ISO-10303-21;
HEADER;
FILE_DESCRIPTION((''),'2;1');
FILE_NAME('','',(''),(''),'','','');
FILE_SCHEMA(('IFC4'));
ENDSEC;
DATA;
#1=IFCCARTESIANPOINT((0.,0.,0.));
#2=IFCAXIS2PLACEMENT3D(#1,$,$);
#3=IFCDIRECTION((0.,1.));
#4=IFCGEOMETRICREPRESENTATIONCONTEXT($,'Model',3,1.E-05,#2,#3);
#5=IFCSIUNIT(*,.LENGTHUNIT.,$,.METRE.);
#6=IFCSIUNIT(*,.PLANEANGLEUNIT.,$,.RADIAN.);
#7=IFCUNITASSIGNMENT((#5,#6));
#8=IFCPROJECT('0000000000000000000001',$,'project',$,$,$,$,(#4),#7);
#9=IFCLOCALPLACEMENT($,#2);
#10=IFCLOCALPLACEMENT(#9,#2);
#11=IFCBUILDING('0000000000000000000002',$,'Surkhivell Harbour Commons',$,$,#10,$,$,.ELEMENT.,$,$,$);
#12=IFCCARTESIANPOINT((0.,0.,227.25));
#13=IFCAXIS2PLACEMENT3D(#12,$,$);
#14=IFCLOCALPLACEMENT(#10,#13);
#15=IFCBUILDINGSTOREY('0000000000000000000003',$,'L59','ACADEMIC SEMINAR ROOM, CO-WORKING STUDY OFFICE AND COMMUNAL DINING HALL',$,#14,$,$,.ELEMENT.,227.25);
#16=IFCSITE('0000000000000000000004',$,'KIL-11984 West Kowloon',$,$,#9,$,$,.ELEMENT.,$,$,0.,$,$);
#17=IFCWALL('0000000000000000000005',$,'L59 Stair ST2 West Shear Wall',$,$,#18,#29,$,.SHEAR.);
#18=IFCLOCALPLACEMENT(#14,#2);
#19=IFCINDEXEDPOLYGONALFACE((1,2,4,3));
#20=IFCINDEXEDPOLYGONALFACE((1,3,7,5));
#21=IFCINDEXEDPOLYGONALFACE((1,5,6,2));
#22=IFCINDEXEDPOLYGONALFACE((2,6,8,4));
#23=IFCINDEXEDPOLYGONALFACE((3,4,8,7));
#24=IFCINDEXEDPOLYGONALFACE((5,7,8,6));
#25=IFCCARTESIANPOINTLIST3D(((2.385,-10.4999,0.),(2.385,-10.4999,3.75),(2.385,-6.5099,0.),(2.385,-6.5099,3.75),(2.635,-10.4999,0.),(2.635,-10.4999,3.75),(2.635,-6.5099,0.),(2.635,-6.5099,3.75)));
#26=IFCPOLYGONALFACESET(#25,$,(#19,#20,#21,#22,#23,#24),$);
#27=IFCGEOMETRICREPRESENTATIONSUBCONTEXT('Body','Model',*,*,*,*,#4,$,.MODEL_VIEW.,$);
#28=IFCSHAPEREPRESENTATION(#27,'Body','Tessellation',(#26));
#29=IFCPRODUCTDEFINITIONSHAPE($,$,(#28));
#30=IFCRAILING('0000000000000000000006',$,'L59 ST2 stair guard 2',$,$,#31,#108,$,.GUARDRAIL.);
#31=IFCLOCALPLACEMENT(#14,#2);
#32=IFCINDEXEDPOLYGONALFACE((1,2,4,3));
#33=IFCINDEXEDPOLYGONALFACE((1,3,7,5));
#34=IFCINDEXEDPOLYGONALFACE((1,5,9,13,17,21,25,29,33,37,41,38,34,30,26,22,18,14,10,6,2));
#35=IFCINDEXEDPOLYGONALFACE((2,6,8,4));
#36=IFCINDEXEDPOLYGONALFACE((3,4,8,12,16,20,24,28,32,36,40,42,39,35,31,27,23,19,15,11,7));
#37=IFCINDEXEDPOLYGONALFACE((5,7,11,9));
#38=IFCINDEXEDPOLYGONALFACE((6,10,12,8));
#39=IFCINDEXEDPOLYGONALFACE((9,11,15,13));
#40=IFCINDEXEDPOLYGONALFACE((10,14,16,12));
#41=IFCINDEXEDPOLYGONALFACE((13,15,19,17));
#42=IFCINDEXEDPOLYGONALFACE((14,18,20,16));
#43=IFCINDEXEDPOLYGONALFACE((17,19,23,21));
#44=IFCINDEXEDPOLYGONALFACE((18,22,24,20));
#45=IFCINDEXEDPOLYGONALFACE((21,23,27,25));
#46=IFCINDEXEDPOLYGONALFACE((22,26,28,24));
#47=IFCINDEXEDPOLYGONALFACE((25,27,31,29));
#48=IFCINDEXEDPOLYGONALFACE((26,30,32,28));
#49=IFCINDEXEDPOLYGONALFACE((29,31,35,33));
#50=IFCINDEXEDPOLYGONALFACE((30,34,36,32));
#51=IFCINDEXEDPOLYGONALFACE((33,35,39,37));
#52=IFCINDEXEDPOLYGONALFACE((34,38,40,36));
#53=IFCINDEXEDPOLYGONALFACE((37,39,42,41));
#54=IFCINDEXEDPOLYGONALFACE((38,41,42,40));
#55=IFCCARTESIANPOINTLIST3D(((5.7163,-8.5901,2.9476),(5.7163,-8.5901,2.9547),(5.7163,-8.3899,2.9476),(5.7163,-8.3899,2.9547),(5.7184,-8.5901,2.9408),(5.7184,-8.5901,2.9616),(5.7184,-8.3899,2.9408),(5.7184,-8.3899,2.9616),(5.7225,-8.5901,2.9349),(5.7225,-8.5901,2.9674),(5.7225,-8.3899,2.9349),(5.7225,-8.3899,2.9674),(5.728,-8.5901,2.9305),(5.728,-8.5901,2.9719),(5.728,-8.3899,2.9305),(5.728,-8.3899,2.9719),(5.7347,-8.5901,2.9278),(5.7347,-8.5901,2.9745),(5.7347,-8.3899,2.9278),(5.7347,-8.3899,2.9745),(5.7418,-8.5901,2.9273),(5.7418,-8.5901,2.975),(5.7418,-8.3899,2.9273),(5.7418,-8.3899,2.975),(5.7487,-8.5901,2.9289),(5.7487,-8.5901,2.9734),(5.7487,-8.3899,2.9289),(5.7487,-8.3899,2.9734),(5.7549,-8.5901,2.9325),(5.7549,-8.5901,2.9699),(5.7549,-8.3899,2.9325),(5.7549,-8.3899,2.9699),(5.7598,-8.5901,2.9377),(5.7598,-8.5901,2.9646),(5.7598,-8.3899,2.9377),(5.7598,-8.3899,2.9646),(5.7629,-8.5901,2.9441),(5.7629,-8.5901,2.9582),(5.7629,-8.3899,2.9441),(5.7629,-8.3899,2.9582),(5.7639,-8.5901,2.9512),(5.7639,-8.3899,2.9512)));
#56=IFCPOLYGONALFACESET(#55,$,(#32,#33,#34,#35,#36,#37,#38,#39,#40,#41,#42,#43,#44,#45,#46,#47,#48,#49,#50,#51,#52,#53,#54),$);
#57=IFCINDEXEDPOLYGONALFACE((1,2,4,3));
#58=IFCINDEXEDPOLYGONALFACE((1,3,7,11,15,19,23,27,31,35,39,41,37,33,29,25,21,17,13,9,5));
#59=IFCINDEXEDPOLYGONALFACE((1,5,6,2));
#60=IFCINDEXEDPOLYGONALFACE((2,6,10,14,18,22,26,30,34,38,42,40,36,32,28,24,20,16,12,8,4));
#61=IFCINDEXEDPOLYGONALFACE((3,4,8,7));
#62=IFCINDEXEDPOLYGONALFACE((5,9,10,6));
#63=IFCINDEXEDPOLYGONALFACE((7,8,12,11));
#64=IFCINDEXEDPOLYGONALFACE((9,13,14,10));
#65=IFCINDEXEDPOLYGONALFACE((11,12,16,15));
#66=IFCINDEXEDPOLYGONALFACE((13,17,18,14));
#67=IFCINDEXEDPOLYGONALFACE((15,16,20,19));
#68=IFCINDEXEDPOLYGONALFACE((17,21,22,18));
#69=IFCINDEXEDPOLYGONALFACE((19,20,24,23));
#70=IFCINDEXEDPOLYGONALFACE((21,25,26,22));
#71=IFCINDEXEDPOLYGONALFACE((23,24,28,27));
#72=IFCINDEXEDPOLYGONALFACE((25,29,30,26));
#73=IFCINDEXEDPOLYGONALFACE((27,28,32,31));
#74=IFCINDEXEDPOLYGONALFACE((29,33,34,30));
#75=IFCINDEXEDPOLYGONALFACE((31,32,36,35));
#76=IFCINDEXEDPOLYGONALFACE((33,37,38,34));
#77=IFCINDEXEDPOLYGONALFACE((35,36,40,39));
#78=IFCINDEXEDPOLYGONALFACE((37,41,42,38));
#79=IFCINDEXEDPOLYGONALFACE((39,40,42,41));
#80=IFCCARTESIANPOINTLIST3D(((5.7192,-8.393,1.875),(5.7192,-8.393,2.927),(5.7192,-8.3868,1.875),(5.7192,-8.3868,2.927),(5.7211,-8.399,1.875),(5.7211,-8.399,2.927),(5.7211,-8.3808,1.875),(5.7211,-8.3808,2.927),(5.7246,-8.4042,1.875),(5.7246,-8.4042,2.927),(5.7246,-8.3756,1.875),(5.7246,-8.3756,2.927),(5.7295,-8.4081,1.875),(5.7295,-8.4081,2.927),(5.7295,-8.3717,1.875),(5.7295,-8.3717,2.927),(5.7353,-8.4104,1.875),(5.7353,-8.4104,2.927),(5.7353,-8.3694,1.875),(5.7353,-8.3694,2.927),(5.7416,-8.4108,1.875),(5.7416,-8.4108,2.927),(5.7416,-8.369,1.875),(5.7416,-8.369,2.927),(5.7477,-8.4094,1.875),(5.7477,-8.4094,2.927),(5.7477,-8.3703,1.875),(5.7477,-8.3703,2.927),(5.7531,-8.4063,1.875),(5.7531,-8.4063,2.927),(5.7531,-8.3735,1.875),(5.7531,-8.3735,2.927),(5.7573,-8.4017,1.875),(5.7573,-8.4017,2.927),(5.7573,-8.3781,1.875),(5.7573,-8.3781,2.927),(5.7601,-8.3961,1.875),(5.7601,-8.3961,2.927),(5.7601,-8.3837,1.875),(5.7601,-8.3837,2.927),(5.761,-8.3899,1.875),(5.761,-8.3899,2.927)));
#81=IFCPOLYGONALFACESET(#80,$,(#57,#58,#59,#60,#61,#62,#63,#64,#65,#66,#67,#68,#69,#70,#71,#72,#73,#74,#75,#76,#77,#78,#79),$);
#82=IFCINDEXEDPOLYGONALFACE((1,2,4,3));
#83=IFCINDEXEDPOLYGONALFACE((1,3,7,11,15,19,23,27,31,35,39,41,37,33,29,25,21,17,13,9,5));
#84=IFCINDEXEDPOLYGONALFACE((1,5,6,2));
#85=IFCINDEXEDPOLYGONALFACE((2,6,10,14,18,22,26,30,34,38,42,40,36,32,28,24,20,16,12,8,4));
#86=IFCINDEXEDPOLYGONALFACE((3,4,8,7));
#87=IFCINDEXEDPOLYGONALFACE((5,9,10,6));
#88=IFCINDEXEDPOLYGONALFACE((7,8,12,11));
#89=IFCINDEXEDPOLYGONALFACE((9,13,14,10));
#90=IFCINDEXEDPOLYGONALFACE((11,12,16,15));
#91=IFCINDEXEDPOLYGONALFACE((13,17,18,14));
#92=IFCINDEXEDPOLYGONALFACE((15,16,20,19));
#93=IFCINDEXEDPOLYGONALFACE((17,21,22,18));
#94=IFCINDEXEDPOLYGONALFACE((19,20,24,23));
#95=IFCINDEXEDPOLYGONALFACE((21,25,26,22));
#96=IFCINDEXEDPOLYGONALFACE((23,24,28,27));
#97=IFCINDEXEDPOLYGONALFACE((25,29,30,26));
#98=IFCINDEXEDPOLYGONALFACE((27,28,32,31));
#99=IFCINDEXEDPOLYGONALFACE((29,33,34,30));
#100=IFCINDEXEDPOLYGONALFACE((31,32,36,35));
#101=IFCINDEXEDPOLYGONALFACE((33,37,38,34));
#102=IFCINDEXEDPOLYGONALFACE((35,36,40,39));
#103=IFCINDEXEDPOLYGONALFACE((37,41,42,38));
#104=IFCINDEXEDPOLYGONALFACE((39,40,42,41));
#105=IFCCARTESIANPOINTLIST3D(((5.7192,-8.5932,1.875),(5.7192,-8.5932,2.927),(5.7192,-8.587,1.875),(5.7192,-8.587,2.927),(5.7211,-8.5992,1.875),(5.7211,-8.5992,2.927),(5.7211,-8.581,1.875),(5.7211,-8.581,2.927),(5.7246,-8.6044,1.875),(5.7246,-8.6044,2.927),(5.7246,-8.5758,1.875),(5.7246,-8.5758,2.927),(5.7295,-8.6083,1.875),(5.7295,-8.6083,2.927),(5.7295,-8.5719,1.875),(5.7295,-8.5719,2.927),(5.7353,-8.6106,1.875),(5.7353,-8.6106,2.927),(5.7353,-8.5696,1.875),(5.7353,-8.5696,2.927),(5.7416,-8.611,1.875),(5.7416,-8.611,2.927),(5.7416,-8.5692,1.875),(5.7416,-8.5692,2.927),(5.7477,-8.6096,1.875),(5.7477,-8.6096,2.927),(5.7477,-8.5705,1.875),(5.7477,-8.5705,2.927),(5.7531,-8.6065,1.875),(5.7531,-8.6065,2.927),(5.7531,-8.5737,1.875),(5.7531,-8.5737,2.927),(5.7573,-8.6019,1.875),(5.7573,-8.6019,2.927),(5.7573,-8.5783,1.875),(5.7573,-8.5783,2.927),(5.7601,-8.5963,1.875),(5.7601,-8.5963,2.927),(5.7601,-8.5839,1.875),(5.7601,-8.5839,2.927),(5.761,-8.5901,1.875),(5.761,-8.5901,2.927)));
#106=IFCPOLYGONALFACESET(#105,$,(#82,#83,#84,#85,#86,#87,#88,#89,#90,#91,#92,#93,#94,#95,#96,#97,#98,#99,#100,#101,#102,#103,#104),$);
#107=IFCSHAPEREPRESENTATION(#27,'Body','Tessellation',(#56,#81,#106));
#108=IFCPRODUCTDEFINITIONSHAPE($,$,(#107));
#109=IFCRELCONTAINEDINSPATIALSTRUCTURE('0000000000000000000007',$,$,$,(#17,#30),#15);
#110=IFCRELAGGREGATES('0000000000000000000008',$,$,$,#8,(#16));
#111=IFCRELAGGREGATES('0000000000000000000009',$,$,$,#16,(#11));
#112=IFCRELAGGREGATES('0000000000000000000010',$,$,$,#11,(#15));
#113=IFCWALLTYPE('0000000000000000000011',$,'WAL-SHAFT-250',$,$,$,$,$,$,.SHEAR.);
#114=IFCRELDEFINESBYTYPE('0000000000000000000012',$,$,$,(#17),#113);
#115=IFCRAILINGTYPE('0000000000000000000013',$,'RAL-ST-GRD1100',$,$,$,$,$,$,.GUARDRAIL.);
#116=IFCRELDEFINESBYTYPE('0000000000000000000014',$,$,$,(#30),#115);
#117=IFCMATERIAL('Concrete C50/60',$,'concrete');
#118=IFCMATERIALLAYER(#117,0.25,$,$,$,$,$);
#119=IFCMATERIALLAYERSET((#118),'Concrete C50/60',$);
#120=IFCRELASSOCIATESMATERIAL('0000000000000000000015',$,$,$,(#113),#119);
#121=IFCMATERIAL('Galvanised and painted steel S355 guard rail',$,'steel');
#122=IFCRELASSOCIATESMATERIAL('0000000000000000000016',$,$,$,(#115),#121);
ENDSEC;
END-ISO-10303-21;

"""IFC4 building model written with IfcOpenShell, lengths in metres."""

from ifc_helpers import new_model, si_unit, direction, frame, frame_2d, origin, origin_2d, place, context, subcontext, project, spatial, rectangle, circle, extrude, material, layer, layer_set, type_object, element, save


model = new_model("IFC4")

# Units and contexts
model_context = context("Model", 3, precision=1e-05, world=origin(), true_north=direction((0.0, 1.0)))
body_context = subcontext(model_context, "Body", "Model", "MODEL_VIEW")
ifc_project = project(units=[si_unit("LENGTHUNIT", "METRE"), si_unit("PLANEANGLEUNIT", "RADIAN")], contexts=[model_context])

# Site, building, storey
site_placement = place(None, origin())
site = spatial("IfcSite", under=ifc_project, at=site_placement, Name="KIL-11984 West Kowloon", CompositionType="ELEMENT", RefElevation=0.0)
building_placement = place(site_placement, origin())
building = spatial("IfcBuilding", under=site, at=building_placement, Name="Surkhivell Harbour Commons", CompositionType="ELEMENT")
storey_placement = place(building_placement, frame((0.0, 0.0, 227.25)))
storey = spatial("IfcBuildingStorey", under=building, at=storey_placement, Name="L59", Description="ACADEMIC SEMINAR ROOM, CO-WORKING STUDY OFFICE AND COMMUNAL DINING HALL", CompositionType="ELEMENT", Elevation=227.25)

# Shared definitions
ifc_material_1 = material(Name="Concrete C50/60", Category="concrete")

# Shared definitions
ifc_layer_1 = layer(ifc_material_1, 0.25)
ifc_layer_set_1 = layer_set([ifc_layer_1], Name="Concrete C50/60")
wall_type_1 = type_object("IfcWallType", Name="WAL-SHAFT-250", PredefinedType="SHEAR", material=ifc_layer_set_1)

# Wall
wall_1_placement = place(storey_placement, frame((2.51, -10.5, 0.0), z_axis=(0.0, 0.0, 1.0), x_axis=(0.0, 1.0, 0.0)))
element("IfcWall", 1, at=wall_1_placement, inside=storey, type_object=wall_type_1, Name="L59 Stair ST2 West Shear Wall", PredefinedType="SHEAR", context=body_context, shape_type="SweptSolid", body=[
    extrude(rectangle(XDim=3.99, YDim=0.25, at=frame_2d((1.9951, 0.0))), origin(), (0.0, 0.0, 1.0), 3.75),
])

# Railing
ifc_material_2 = material(Name="Galvanised and painted steel S355 guard rail", Category="steel")
railing_type_1 = type_object("IfcRailingType", Name="RAL-ST-GRD1100", PredefinedType="GUARDRAIL", material=ifc_material_2)
railing_1_placement = place(storey_placement, frame((5.74, -8.3899, 1.875)))
element("IfcRailing", 2, at=railing_1_placement, inside=storey, type_object=railing_type_1, Name="L59 ST2 stair guard 2", PredefinedType="GUARDRAIL", context=body_context, shape_type="SweptSolid", body=[
    extrude(circle(Radius=0.0239, at=origin_2d()), frame((0.0, 0.0, 1.0762), z_axis=(0.0, -1.0, 0.0), x_axis=(1.0, 0.0, 0.0)), (0.0, 0.0, 1.0), 0.2002),
    extrude(circle(Radius=0.021, at=origin_2d()), origin(), (0.0, 0.0, 1.0), 1.052),
    extrude(circle(Radius=0.021, at=origin_2d()), frame((0.0, -0.2002, 0.0)), (0.0, 0.0, 1.0), 1.052),
])

save(model, "model.ifc")
